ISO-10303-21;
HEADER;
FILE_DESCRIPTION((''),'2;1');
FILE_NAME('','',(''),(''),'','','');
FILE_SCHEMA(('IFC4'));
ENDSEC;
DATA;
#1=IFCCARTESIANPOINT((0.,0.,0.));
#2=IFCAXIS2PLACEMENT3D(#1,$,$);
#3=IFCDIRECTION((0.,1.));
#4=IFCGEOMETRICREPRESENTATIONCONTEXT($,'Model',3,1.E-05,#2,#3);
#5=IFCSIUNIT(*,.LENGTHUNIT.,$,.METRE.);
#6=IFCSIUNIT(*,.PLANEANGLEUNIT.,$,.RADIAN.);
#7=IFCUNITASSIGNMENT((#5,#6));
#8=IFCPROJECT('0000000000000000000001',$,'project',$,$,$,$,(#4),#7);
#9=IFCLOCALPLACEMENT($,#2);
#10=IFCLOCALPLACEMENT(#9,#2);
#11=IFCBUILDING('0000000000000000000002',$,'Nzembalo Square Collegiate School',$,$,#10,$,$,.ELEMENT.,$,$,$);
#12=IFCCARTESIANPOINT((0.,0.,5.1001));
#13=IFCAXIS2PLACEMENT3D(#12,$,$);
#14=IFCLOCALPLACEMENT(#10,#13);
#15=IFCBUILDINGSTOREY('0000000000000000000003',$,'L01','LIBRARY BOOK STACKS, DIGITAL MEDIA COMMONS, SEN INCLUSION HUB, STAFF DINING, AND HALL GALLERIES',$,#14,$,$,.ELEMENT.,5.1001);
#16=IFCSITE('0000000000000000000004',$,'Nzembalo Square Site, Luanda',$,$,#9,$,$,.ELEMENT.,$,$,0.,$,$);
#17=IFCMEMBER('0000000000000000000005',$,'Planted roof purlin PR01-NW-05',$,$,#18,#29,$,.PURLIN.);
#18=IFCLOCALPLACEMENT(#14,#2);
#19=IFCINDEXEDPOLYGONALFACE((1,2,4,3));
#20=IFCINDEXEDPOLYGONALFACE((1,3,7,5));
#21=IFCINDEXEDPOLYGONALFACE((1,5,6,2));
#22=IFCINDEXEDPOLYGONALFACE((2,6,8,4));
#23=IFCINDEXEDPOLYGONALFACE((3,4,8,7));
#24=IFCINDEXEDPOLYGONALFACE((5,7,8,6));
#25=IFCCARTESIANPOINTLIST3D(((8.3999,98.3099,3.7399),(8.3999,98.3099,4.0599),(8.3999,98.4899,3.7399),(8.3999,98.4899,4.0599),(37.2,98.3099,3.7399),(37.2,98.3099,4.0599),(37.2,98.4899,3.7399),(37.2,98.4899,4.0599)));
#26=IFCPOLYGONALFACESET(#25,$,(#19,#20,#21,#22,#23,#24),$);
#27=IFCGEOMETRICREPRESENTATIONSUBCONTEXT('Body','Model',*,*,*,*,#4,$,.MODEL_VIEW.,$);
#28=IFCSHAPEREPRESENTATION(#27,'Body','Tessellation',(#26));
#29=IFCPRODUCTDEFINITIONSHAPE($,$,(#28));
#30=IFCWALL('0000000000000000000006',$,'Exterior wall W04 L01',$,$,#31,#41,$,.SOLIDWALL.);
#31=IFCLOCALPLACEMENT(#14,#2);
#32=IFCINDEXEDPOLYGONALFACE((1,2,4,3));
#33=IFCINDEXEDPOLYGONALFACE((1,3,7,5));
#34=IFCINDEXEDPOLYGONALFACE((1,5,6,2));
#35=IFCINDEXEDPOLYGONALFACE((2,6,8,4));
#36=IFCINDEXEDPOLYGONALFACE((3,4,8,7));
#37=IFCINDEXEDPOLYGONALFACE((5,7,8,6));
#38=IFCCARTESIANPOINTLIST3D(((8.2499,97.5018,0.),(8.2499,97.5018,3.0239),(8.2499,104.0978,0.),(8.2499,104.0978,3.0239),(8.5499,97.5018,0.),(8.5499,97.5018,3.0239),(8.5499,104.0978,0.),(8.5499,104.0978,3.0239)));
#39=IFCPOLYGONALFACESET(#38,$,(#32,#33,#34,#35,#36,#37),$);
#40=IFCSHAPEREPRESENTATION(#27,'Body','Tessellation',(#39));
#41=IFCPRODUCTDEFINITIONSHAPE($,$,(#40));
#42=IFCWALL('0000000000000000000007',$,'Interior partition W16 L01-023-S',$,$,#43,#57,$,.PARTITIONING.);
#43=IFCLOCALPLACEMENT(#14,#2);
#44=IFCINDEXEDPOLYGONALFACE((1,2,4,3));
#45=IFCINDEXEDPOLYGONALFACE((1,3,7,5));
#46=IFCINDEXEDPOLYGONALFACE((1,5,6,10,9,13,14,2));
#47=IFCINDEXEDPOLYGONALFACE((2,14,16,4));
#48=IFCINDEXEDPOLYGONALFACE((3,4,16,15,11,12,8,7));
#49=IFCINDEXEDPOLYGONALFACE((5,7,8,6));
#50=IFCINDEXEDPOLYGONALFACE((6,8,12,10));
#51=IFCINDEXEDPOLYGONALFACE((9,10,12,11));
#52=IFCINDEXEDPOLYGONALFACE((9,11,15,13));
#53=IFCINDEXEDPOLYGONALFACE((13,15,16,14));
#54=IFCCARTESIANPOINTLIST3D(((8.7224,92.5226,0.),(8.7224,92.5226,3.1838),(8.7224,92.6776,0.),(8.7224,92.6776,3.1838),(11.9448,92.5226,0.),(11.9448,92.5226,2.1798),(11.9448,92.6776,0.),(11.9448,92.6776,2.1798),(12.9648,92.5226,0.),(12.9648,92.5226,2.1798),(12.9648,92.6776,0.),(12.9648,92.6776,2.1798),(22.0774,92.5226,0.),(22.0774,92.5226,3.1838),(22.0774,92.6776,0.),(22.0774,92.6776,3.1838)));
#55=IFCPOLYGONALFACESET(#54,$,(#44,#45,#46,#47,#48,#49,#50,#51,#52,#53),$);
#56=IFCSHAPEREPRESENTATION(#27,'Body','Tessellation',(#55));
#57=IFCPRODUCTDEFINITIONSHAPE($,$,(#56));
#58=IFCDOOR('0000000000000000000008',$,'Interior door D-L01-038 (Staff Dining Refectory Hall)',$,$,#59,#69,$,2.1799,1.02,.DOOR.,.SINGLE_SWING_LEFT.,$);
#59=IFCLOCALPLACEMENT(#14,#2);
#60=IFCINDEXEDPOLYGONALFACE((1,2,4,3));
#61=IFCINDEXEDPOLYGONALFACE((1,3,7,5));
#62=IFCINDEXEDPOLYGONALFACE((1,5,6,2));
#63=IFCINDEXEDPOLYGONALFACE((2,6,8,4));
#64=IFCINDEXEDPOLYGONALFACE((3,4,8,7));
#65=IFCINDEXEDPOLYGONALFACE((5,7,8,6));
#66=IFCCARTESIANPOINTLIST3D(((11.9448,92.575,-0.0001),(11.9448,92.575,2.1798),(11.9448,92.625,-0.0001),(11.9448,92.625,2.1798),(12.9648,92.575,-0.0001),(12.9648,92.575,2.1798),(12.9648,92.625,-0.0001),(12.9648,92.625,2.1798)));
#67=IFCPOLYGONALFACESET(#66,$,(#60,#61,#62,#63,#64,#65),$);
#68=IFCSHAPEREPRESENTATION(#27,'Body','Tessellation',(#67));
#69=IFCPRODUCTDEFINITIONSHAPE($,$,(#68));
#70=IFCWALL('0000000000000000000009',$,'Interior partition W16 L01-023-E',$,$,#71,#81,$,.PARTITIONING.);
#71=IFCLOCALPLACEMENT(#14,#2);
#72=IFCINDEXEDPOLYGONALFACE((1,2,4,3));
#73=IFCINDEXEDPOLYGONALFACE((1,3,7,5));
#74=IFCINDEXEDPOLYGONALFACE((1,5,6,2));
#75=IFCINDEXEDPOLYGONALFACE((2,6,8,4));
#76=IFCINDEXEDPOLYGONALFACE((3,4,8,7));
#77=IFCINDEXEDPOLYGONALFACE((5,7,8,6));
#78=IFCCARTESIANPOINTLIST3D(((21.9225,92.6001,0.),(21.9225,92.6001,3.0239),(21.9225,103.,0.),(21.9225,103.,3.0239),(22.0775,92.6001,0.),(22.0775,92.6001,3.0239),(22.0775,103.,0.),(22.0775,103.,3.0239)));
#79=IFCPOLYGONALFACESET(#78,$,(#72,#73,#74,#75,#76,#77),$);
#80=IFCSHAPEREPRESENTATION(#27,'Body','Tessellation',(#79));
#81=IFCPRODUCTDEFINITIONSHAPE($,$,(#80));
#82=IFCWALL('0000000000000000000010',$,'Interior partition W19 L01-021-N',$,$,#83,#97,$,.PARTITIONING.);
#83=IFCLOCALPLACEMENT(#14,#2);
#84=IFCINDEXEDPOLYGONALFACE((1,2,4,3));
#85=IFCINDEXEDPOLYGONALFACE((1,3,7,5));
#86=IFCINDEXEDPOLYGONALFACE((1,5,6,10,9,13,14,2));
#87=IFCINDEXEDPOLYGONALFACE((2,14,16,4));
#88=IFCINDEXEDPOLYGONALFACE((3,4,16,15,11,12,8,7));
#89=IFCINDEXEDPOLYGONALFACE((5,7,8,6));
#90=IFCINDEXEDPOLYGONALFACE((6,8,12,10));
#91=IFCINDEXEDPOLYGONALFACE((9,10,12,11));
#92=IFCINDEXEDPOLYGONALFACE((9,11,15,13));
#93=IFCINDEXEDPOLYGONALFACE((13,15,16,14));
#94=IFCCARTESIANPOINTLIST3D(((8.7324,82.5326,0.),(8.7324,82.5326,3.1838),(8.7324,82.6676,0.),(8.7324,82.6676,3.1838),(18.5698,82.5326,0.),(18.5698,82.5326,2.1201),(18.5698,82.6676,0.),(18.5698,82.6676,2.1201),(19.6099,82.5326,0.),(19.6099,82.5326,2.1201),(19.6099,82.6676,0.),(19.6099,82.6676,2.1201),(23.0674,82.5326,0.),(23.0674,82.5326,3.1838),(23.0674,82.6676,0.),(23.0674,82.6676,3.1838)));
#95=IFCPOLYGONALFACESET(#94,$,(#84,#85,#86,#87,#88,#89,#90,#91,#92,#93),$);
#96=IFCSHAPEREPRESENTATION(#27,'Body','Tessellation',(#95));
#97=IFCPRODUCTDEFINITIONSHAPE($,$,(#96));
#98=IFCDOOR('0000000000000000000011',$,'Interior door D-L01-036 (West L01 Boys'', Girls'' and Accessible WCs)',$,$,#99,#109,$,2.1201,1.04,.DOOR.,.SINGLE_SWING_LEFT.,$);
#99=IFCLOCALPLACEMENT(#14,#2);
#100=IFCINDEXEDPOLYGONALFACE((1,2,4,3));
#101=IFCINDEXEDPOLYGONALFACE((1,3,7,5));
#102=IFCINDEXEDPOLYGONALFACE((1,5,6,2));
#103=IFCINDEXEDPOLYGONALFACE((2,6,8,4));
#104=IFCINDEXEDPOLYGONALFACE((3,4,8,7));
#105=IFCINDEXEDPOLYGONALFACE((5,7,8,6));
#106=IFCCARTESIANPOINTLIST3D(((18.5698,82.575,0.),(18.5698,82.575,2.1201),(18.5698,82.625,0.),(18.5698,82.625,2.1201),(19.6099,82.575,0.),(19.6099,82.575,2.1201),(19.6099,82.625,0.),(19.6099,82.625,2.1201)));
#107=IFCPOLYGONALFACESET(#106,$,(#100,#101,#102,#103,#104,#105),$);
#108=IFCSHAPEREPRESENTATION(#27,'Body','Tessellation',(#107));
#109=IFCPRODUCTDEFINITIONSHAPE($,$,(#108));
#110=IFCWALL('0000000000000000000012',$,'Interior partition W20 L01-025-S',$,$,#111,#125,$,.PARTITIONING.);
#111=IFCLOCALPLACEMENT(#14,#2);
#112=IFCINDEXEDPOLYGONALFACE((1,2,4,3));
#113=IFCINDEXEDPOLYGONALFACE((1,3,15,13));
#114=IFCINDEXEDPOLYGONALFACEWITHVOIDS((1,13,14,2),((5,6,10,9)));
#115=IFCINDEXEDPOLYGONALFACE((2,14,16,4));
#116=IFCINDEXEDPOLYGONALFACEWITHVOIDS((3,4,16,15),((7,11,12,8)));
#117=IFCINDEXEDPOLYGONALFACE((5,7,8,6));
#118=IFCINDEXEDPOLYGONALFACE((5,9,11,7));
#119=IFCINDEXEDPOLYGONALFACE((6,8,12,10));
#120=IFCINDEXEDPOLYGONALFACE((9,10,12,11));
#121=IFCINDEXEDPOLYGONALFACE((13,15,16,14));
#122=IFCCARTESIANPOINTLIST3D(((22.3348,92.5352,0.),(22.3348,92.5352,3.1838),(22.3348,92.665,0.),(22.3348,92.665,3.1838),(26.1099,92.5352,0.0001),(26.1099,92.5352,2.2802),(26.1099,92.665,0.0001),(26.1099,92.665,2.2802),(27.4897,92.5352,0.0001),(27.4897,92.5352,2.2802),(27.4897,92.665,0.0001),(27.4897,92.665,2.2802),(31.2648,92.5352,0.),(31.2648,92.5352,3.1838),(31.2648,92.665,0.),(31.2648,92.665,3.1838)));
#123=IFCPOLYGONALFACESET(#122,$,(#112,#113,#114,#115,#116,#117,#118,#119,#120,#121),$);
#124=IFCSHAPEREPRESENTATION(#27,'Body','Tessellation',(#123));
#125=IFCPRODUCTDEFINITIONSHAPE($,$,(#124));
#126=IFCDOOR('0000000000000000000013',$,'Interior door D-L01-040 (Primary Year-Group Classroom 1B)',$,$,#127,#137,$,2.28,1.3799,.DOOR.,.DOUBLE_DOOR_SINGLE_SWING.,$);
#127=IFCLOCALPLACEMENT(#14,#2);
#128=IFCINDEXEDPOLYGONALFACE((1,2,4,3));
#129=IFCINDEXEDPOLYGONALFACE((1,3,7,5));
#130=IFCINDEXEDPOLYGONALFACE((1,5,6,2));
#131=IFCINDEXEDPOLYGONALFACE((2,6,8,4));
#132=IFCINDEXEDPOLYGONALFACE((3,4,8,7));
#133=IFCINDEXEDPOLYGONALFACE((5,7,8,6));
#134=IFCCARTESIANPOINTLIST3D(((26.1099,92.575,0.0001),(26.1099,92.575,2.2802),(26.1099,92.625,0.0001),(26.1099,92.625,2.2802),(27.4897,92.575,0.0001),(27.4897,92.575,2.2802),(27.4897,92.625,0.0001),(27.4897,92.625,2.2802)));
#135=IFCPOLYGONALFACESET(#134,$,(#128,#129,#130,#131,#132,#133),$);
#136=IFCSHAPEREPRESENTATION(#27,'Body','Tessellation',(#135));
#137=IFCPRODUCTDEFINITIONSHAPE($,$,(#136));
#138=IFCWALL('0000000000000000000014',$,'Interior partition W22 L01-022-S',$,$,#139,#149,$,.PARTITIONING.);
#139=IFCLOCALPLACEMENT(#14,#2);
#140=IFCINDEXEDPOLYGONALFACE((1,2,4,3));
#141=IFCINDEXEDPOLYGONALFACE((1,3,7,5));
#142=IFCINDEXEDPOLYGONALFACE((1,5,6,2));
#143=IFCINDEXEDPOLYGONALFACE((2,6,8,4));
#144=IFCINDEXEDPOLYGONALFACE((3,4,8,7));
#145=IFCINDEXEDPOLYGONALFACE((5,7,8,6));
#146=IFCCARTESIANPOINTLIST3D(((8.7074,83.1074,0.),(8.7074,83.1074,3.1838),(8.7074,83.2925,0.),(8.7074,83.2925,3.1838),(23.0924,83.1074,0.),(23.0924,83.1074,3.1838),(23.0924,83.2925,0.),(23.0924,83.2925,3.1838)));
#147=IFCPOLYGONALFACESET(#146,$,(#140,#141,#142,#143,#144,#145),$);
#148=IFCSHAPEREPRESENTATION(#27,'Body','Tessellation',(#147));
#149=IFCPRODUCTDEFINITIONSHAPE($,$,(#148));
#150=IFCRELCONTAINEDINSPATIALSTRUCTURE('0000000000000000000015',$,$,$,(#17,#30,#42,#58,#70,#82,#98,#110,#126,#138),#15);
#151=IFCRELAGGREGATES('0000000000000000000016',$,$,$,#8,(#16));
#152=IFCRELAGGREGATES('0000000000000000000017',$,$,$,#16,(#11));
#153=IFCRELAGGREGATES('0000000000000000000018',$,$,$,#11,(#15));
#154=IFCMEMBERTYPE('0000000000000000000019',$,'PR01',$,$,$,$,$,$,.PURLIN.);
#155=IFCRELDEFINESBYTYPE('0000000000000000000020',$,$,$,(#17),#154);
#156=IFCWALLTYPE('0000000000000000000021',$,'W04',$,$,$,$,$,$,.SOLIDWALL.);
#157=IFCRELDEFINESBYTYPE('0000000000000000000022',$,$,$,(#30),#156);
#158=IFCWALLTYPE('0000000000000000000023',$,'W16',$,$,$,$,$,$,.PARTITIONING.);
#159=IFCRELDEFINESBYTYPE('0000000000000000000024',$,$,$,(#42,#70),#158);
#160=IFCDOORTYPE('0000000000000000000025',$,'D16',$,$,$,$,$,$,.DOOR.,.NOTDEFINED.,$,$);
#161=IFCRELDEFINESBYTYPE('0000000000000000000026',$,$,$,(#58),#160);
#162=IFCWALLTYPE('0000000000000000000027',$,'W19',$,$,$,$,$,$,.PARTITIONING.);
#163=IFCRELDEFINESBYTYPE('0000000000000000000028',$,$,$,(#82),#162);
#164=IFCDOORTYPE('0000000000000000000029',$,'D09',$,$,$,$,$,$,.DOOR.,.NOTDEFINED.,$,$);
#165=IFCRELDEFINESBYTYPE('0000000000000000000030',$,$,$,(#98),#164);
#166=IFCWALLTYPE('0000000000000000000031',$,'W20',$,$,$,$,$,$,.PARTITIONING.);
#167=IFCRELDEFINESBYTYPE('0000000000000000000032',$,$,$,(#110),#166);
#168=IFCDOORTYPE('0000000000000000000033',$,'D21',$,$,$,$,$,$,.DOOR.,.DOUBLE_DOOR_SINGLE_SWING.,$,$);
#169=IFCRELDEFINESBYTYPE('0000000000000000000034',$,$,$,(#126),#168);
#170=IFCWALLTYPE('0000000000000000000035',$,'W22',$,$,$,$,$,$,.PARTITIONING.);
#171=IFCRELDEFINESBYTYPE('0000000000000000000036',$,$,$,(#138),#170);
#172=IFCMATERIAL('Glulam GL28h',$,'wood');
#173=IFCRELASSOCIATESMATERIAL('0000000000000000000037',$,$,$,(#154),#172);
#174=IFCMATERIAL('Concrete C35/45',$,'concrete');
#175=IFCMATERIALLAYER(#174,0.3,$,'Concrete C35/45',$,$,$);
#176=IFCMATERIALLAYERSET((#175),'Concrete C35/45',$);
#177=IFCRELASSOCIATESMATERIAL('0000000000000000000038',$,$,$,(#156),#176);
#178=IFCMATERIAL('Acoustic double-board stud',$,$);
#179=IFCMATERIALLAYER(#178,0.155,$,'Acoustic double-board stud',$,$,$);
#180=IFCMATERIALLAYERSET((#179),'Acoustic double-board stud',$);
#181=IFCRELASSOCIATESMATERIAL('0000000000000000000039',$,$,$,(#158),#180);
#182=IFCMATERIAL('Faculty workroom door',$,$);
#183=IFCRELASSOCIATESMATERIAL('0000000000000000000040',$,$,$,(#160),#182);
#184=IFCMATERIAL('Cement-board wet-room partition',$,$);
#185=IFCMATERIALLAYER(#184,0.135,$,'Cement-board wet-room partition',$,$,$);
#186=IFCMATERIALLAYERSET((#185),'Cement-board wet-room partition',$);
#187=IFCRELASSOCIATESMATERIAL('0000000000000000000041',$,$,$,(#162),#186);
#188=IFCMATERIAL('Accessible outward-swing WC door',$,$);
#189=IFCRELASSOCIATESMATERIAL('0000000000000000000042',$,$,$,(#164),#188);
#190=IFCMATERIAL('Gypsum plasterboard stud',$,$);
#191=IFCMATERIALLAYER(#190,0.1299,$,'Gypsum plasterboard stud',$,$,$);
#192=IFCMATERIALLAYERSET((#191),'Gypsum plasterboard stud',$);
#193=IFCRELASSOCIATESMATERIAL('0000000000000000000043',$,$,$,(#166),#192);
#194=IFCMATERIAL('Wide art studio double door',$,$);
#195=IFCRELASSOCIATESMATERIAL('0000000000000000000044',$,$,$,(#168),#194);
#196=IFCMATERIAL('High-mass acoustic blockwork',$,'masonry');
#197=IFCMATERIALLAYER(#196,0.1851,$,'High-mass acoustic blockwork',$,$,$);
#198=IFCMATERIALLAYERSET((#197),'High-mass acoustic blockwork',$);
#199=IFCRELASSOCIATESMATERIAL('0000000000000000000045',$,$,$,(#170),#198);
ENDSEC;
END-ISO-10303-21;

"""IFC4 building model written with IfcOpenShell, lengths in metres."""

from ifc_helpers import new_model, si_unit, direction, frame, frame_2d, origin, origin_2d, place, context, subcontext, project, spatial, rectangle, extrude, material, layer, layer_set, material_profile, profile_set, type_object, element, fill, save


model = new_model("IFC4")

# Units and contexts
model_context = context("Model", 3, precision=1e-05, world=origin(), true_north=direction((0.0, 1.0)))
body_context = subcontext(model_context, "Body", "Model", "MODEL_VIEW")
ifc_project = project(units=[si_unit("LENGTHUNIT", "METRE"), si_unit("PLANEANGLEUNIT", "RADIAN")], contexts=[model_context])

# Site, building, storey
site_placement = place(None, origin())
site = spatial("IfcSite", under=ifc_project, at=site_placement, Name="Nzembalo Square Site, Luanda", CompositionType="ELEMENT", RefElevation=0.0)
building_placement = place(site_placement, origin())
building = spatial("IfcBuilding", under=site, at=building_placement, Name="Nzembalo Square Collegiate School", CompositionType="ELEMENT")
storey_placement = place(building_placement, frame((0.0, 0.0, 5.1001)))
storey = spatial("IfcBuildingStorey", under=building, at=storey_placement, Name="L01", Description="LIBRARY BOOK STACKS, DIGITAL MEDIA COMMONS, SEN INCLUSION HUB, STAFF DINING, AND HALL GALLERIES", CompositionType="ELEMENT", Elevation=5.1001)

# Member
ifc_material_1 = material(Name="Glulam GL28h", Category="wood")
ifc_material_profile_1 = material_profile(ifc_material_1, rectangle(XDim=0.1799, YDim=0.3201, at=origin_2d()), Name="GL28h 180x320")
ifc_profile_set_1 = profile_set([ifc_material_profile_1], Name="Glulam GL28h")
member_type = type_object("IfcMemberType", Name="PR01", PredefinedType="PURLIN", material=ifc_profile_set_1)
for number, where, z_axis, x_axis, name in (
    (1, (8.3999, 98.3999, 3.8999), (1.0, 0.0, 0.0), (0.0, 1.0, 0.0), "Planted roof purlin PR01-NW-05"),
):
    element("IfcMember", number, at=place(storey_placement, frame(where, z_axis=z_axis, x_axis=x_axis)), inside=storey, type_object=member_type, Name=name, PredefinedType="PURLIN", context=body_context, shape_type="SweptSolid", body=[
        extrude(rectangle(XDim=0.1799, YDim=0.3201, at=origin_2d()), origin(), (0.0, 0.0, 1.0), 28.8),
    ])

# Wall
ifc_material_2 = material(Name="Concrete C35/45", Category="concrete")
ifc_layer_1 = layer(ifc_material_2, 0.3, Name="Concrete C35/45")
ifc_layer_set_1 = layer_set([ifc_layer_1], Name="Concrete C35/45")
wall_type_1 = type_object("IfcWallType", Name="W04", PredefinedType="SOLIDWALL", material=ifc_layer_set_1)
wall_1_placement = place(storey_placement, frame((8.3999, 97.502, 0.0), z_axis=(0.0, 0.0, 1.0), x_axis=(0.0, 1.0, 0.0)))
element("IfcWall", 2, at=wall_1_placement, inside=storey, type_object=wall_type_1, Name="Exterior wall W04 L01", PredefinedType="SOLIDWALL", context=body_context, shape_type="SweptSolid", body=[
    extrude(rectangle(XDim=6.5959, YDim=0.3, at=frame_2d((3.2979, 0.0))), origin(), (0.0, 0.0, 1.0), 3.0239),
])

# Wall, opening, door
ifc_material_3 = material(Name="Acoustic double-board stud")
ifc_layer_2 = layer(ifc_material_3, 0.155, Name="Acoustic double-board stud")
ifc_layer_set_2 = layer_set([ifc_layer_2], Name="Acoustic double-board stud")
wall_type_2 = type_object("IfcWallType", Name="W16", PredefinedType="PARTITIONING", material=ifc_layer_set_2)
wall_2_placement = place(storey_placement, frame((8.7224, 92.6001, 0.0), z_axis=(0.0, 0.0, 1.0), x_axis=(1.0, 0.0, 0.0)))
wall_2 = element("IfcWall", 3, at=wall_2_placement, inside=storey, type_object=wall_type_2, Name="Interior partition W16 L01-023-S", PredefinedType="PARTITIONING", context=body_context, shape_type="SweptSolid", body=[
    extrude(rectangle(XDim=13.355, YDim=0.155, at=frame_2d((6.6775, 0.0))), origin(), (0.0, 0.0, 1.0), 3.1838),
])
opening_1_placement = place(wall_2_placement, frame((3.2224, 0.0, 0.0)))
opening_1 = element("IfcOpeningElement", 4, at=opening_1_placement, cuts=wall_2, PredefinedType="OPENING", context=body_context, shape_type="SweptSolid", body=[
    extrude(rectangle(XDim=1.02, YDim=2.1799, at=frame_2d((0.51, 1.0898))), frame((0.0, 0.0874, 0.0), z_axis=(0.0, -1.0, 0.0), x_axis=(1.0, 0.0, 0.0)), (0.0, 0.0, 1.0), 0.175),
])
ifc_material_4 = material(Name="Faculty workroom door")
door_type_1 = type_object("IfcDoorType", Name="D16", OperationType="NOTDEFINED", PredefinedType="DOOR", material=ifc_material_4)
door_1_placement = place(opening_1_placement, origin())
door_1 = element("IfcDoor", 5, at=door_1_placement, inside=storey, type_object=door_type_1, Name="Interior door D-L01-038 (Staff Dining Refectory Hall)", OperationType="SINGLE_SWING_LEFT", OverallHeight=2.1799, OverallWidth=1.02, PredefinedType="DOOR", context=body_context, shape_type="SweptSolid", body=[
    extrude(rectangle(XDim=1.02, YDim=2.1799, at=frame_2d((0.51, 1.0898))), frame((0.0, 0.0249, 0.0), z_axis=(0.0, -1.0, 0.0), x_axis=(1.0, 0.0, 0.0)), (0.0, 0.0, 1.0), 0.05),
])
fill(opening_1, door_1)

# Wall
wall_3_placement = place(storey_placement, frame((22.0, 92.6001, 0.0), z_axis=(0.0, 0.0, 1.0), x_axis=(0.0, 1.0, 0.0)))
element("IfcWall", 6, at=wall_3_placement, inside=storey, type_object=wall_type_2, Name="Interior partition W16 L01-023-E", PredefinedType="PARTITIONING", context=body_context, shape_type="SweptSolid", body=[
    extrude(rectangle(XDim=10.3999, YDim=0.155, at=frame_2d((5.2, 0.0))), origin(), (0.0, 0.0, 1.0), 3.0239),
])

# Walls, openings, doors
ifc_material_5 = material(Name="Cement-board wet-room partition")
ifc_layer_3 = layer(ifc_material_5, 0.135, Name="Cement-board wet-room partition")
ifc_layer_set_3 = layer_set([ifc_layer_3], Name="Cement-board wet-room partition")
wall_type_3 = type_object("IfcWallType", Name="W19", PredefinedType="PARTITIONING", material=ifc_layer_set_3)
wall_4_placement = place(storey_placement, frame((8.7324, 82.6001, 0.0), z_axis=(0.0, 0.0, 1.0), x_axis=(1.0, 0.0, 0.0)))
wall_4 = element("IfcWall", 7, at=wall_4_placement, inside=storey, type_object=wall_type_3, Name="Interior partition W19 L01-021-N", PredefinedType="PARTITIONING", context=body_context, shape_type="SweptSolid", body=[
    extrude(rectangle(XDim=14.335, YDim=0.135, at=frame_2d((7.1675, 0.0))), origin(), (0.0, 0.0, 1.0), 3.1838),
])
opening_2_placement = place(wall_4_placement, frame((9.8374, 0.0, 0.0)))
opening_2 = element("IfcOpeningElement", 8, at=opening_2_placement, cuts=wall_4, PredefinedType="OPENING", context=body_context, shape_type="SweptSolid", body=[
    extrude(rectangle(XDim=1.04, YDim=2.1201, at=frame_2d((0.52, 1.0601))), frame((0.0, 0.0776, 0.0), z_axis=(0.0, -1.0, 0.0), x_axis=(1.0, 0.0, 0.0)), (0.0, 0.0, 1.0), 0.155),
])
ifc_material_6 = material(Name="Accessible outward-swing WC door")
door_type_2 = type_object("IfcDoorType", Name="D09", OperationType="NOTDEFINED", PredefinedType="DOOR", material=ifc_material_6)
door_2_placement = place(opening_2_placement, origin())
door_2 = element("IfcDoor", 9, at=door_2_placement, inside=storey, type_object=door_type_2, Name="Interior door D-L01-036 (West L01 Boys', Girls' and Accessible WCs)", OperationType="SINGLE_SWING_LEFT", OverallHeight=2.1201, OverallWidth=1.04, PredefinedType="DOOR", context=body_context, shape_type="SweptSolid", body=[
    extrude(rectangle(XDim=1.04, YDim=2.1201, at=frame_2d((0.52, 1.0601))), frame((0.0, 0.0249, 0.0), z_axis=(0.0, -1.0, 0.0), x_axis=(1.0, 0.0, 0.0)), (0.0, 0.0, 1.0), 0.05),
])
fill(opening_2, door_2)
ifc_material_7 = material(Name="Gypsum plasterboard stud")
ifc_layer_4 = layer(ifc_material_7, 0.1299, Name="Gypsum plasterboard stud")
ifc_layer_set_4 = layer_set([ifc_layer_4], Name="Gypsum plasterboard stud")
wall_type_4 = type_object("IfcWallType", Name="W20", PredefinedType="PARTITIONING", material=ifc_layer_set_4)
wall_5_placement = place(storey_placement, frame((22.335, 92.6001, 0.0), z_axis=(0.0, 0.0, 1.0), x_axis=(1.0, 0.0, 0.0)))
wall_5 = element("IfcWall", 10, at=wall_5_placement, inside=storey, type_object=wall_type_4, Name="Interior partition W20 L01-025-S", PredefinedType="PARTITIONING", context=body_context, shape_type="SweptSolid", body=[
    extrude(rectangle(XDim=8.9299, YDim=0.1299, at=frame_2d((4.4648, 0.0))), origin(), (0.0, 0.0, 1.0), 3.1838),
])
opening_3_placement = place(wall_5_placement, frame((3.7749, 0.0, 0.0)))
opening_3 = element("IfcOpeningElement", 11, at=opening_3_placement, cuts=wall_5, PredefinedType="OPENING", context=body_context, shape_type="SweptSolid", body=[
    extrude(rectangle(XDim=1.3799, YDim=2.28, at=frame_2d((0.6899, 1.1401))), frame((0.0, 0.075, 0.0), z_axis=(0.0, -1.0, 0.0), x_axis=(1.0, 0.0, 0.0)), (0.0, 0.0, 1.0), 0.1499),
])
ifc_material_8 = material(Name="Wide art studio double door")
door_type_3 = type_object("IfcDoorType", Name="D21", OperationType="DOUBLE_DOOR_SINGLE_SWING", PredefinedType="DOOR", material=ifc_material_8)
door_3_placement = place(opening_3_placement, origin())
door_3 = element("IfcDoor", 12, at=door_3_placement, inside=storey, type_object=door_type_3, Name="Interior door D-L01-040 (Primary Year-Group Classroom 1B)", OperationType="DOUBLE_DOOR_SINGLE_SWING", OverallHeight=2.28, OverallWidth=1.3799, PredefinedType="DOOR", context=body_context, shape_type="SweptSolid", body=[
    extrude(rectangle(XDim=1.3799, YDim=2.28, at=frame_2d((0.6899, 1.1401))), frame((0.0, 0.0249, 0.0), z_axis=(0.0, -1.0, 0.0), x_axis=(1.0, 0.0, 0.0)), (0.0, 0.0, 1.0), 0.05),
])
fill(opening_3, door_3)

# Wall
ifc_material_9 = material(Name="High-mass acoustic blockwork", Category="masonry")
ifc_layer_5 = layer(ifc_material_9, 0.1851, Name="High-mass acoustic blockwork")
ifc_layer_set_5 = layer_set([ifc_layer_5], Name="High-mass acoustic blockwork")
wall_type_5 = type_object("IfcWallType", Name="W22", PredefinedType="PARTITIONING", material=ifc_layer_set_5)
wall_6_placement = place(storey_placement, frame((8.7075, 83.2, 0.0), z_axis=(0.0, 0.0, 1.0), x_axis=(1.0, 0.0, 0.0)))
element("IfcWall", 13, at=wall_6_placement, inside=storey, type_object=wall_type_5, Name="Interior partition W22 L01-022-S", PredefinedType="PARTITIONING", context=body_context, shape_type="SweptSolid", body=[
    extrude(rectangle(XDim=14.385, YDim=0.1851, at=frame_2d((7.1924, 0.0))), origin(), (0.0, 0.0, 1.0), 3.1838),
])

save(model, "model.ifc")
